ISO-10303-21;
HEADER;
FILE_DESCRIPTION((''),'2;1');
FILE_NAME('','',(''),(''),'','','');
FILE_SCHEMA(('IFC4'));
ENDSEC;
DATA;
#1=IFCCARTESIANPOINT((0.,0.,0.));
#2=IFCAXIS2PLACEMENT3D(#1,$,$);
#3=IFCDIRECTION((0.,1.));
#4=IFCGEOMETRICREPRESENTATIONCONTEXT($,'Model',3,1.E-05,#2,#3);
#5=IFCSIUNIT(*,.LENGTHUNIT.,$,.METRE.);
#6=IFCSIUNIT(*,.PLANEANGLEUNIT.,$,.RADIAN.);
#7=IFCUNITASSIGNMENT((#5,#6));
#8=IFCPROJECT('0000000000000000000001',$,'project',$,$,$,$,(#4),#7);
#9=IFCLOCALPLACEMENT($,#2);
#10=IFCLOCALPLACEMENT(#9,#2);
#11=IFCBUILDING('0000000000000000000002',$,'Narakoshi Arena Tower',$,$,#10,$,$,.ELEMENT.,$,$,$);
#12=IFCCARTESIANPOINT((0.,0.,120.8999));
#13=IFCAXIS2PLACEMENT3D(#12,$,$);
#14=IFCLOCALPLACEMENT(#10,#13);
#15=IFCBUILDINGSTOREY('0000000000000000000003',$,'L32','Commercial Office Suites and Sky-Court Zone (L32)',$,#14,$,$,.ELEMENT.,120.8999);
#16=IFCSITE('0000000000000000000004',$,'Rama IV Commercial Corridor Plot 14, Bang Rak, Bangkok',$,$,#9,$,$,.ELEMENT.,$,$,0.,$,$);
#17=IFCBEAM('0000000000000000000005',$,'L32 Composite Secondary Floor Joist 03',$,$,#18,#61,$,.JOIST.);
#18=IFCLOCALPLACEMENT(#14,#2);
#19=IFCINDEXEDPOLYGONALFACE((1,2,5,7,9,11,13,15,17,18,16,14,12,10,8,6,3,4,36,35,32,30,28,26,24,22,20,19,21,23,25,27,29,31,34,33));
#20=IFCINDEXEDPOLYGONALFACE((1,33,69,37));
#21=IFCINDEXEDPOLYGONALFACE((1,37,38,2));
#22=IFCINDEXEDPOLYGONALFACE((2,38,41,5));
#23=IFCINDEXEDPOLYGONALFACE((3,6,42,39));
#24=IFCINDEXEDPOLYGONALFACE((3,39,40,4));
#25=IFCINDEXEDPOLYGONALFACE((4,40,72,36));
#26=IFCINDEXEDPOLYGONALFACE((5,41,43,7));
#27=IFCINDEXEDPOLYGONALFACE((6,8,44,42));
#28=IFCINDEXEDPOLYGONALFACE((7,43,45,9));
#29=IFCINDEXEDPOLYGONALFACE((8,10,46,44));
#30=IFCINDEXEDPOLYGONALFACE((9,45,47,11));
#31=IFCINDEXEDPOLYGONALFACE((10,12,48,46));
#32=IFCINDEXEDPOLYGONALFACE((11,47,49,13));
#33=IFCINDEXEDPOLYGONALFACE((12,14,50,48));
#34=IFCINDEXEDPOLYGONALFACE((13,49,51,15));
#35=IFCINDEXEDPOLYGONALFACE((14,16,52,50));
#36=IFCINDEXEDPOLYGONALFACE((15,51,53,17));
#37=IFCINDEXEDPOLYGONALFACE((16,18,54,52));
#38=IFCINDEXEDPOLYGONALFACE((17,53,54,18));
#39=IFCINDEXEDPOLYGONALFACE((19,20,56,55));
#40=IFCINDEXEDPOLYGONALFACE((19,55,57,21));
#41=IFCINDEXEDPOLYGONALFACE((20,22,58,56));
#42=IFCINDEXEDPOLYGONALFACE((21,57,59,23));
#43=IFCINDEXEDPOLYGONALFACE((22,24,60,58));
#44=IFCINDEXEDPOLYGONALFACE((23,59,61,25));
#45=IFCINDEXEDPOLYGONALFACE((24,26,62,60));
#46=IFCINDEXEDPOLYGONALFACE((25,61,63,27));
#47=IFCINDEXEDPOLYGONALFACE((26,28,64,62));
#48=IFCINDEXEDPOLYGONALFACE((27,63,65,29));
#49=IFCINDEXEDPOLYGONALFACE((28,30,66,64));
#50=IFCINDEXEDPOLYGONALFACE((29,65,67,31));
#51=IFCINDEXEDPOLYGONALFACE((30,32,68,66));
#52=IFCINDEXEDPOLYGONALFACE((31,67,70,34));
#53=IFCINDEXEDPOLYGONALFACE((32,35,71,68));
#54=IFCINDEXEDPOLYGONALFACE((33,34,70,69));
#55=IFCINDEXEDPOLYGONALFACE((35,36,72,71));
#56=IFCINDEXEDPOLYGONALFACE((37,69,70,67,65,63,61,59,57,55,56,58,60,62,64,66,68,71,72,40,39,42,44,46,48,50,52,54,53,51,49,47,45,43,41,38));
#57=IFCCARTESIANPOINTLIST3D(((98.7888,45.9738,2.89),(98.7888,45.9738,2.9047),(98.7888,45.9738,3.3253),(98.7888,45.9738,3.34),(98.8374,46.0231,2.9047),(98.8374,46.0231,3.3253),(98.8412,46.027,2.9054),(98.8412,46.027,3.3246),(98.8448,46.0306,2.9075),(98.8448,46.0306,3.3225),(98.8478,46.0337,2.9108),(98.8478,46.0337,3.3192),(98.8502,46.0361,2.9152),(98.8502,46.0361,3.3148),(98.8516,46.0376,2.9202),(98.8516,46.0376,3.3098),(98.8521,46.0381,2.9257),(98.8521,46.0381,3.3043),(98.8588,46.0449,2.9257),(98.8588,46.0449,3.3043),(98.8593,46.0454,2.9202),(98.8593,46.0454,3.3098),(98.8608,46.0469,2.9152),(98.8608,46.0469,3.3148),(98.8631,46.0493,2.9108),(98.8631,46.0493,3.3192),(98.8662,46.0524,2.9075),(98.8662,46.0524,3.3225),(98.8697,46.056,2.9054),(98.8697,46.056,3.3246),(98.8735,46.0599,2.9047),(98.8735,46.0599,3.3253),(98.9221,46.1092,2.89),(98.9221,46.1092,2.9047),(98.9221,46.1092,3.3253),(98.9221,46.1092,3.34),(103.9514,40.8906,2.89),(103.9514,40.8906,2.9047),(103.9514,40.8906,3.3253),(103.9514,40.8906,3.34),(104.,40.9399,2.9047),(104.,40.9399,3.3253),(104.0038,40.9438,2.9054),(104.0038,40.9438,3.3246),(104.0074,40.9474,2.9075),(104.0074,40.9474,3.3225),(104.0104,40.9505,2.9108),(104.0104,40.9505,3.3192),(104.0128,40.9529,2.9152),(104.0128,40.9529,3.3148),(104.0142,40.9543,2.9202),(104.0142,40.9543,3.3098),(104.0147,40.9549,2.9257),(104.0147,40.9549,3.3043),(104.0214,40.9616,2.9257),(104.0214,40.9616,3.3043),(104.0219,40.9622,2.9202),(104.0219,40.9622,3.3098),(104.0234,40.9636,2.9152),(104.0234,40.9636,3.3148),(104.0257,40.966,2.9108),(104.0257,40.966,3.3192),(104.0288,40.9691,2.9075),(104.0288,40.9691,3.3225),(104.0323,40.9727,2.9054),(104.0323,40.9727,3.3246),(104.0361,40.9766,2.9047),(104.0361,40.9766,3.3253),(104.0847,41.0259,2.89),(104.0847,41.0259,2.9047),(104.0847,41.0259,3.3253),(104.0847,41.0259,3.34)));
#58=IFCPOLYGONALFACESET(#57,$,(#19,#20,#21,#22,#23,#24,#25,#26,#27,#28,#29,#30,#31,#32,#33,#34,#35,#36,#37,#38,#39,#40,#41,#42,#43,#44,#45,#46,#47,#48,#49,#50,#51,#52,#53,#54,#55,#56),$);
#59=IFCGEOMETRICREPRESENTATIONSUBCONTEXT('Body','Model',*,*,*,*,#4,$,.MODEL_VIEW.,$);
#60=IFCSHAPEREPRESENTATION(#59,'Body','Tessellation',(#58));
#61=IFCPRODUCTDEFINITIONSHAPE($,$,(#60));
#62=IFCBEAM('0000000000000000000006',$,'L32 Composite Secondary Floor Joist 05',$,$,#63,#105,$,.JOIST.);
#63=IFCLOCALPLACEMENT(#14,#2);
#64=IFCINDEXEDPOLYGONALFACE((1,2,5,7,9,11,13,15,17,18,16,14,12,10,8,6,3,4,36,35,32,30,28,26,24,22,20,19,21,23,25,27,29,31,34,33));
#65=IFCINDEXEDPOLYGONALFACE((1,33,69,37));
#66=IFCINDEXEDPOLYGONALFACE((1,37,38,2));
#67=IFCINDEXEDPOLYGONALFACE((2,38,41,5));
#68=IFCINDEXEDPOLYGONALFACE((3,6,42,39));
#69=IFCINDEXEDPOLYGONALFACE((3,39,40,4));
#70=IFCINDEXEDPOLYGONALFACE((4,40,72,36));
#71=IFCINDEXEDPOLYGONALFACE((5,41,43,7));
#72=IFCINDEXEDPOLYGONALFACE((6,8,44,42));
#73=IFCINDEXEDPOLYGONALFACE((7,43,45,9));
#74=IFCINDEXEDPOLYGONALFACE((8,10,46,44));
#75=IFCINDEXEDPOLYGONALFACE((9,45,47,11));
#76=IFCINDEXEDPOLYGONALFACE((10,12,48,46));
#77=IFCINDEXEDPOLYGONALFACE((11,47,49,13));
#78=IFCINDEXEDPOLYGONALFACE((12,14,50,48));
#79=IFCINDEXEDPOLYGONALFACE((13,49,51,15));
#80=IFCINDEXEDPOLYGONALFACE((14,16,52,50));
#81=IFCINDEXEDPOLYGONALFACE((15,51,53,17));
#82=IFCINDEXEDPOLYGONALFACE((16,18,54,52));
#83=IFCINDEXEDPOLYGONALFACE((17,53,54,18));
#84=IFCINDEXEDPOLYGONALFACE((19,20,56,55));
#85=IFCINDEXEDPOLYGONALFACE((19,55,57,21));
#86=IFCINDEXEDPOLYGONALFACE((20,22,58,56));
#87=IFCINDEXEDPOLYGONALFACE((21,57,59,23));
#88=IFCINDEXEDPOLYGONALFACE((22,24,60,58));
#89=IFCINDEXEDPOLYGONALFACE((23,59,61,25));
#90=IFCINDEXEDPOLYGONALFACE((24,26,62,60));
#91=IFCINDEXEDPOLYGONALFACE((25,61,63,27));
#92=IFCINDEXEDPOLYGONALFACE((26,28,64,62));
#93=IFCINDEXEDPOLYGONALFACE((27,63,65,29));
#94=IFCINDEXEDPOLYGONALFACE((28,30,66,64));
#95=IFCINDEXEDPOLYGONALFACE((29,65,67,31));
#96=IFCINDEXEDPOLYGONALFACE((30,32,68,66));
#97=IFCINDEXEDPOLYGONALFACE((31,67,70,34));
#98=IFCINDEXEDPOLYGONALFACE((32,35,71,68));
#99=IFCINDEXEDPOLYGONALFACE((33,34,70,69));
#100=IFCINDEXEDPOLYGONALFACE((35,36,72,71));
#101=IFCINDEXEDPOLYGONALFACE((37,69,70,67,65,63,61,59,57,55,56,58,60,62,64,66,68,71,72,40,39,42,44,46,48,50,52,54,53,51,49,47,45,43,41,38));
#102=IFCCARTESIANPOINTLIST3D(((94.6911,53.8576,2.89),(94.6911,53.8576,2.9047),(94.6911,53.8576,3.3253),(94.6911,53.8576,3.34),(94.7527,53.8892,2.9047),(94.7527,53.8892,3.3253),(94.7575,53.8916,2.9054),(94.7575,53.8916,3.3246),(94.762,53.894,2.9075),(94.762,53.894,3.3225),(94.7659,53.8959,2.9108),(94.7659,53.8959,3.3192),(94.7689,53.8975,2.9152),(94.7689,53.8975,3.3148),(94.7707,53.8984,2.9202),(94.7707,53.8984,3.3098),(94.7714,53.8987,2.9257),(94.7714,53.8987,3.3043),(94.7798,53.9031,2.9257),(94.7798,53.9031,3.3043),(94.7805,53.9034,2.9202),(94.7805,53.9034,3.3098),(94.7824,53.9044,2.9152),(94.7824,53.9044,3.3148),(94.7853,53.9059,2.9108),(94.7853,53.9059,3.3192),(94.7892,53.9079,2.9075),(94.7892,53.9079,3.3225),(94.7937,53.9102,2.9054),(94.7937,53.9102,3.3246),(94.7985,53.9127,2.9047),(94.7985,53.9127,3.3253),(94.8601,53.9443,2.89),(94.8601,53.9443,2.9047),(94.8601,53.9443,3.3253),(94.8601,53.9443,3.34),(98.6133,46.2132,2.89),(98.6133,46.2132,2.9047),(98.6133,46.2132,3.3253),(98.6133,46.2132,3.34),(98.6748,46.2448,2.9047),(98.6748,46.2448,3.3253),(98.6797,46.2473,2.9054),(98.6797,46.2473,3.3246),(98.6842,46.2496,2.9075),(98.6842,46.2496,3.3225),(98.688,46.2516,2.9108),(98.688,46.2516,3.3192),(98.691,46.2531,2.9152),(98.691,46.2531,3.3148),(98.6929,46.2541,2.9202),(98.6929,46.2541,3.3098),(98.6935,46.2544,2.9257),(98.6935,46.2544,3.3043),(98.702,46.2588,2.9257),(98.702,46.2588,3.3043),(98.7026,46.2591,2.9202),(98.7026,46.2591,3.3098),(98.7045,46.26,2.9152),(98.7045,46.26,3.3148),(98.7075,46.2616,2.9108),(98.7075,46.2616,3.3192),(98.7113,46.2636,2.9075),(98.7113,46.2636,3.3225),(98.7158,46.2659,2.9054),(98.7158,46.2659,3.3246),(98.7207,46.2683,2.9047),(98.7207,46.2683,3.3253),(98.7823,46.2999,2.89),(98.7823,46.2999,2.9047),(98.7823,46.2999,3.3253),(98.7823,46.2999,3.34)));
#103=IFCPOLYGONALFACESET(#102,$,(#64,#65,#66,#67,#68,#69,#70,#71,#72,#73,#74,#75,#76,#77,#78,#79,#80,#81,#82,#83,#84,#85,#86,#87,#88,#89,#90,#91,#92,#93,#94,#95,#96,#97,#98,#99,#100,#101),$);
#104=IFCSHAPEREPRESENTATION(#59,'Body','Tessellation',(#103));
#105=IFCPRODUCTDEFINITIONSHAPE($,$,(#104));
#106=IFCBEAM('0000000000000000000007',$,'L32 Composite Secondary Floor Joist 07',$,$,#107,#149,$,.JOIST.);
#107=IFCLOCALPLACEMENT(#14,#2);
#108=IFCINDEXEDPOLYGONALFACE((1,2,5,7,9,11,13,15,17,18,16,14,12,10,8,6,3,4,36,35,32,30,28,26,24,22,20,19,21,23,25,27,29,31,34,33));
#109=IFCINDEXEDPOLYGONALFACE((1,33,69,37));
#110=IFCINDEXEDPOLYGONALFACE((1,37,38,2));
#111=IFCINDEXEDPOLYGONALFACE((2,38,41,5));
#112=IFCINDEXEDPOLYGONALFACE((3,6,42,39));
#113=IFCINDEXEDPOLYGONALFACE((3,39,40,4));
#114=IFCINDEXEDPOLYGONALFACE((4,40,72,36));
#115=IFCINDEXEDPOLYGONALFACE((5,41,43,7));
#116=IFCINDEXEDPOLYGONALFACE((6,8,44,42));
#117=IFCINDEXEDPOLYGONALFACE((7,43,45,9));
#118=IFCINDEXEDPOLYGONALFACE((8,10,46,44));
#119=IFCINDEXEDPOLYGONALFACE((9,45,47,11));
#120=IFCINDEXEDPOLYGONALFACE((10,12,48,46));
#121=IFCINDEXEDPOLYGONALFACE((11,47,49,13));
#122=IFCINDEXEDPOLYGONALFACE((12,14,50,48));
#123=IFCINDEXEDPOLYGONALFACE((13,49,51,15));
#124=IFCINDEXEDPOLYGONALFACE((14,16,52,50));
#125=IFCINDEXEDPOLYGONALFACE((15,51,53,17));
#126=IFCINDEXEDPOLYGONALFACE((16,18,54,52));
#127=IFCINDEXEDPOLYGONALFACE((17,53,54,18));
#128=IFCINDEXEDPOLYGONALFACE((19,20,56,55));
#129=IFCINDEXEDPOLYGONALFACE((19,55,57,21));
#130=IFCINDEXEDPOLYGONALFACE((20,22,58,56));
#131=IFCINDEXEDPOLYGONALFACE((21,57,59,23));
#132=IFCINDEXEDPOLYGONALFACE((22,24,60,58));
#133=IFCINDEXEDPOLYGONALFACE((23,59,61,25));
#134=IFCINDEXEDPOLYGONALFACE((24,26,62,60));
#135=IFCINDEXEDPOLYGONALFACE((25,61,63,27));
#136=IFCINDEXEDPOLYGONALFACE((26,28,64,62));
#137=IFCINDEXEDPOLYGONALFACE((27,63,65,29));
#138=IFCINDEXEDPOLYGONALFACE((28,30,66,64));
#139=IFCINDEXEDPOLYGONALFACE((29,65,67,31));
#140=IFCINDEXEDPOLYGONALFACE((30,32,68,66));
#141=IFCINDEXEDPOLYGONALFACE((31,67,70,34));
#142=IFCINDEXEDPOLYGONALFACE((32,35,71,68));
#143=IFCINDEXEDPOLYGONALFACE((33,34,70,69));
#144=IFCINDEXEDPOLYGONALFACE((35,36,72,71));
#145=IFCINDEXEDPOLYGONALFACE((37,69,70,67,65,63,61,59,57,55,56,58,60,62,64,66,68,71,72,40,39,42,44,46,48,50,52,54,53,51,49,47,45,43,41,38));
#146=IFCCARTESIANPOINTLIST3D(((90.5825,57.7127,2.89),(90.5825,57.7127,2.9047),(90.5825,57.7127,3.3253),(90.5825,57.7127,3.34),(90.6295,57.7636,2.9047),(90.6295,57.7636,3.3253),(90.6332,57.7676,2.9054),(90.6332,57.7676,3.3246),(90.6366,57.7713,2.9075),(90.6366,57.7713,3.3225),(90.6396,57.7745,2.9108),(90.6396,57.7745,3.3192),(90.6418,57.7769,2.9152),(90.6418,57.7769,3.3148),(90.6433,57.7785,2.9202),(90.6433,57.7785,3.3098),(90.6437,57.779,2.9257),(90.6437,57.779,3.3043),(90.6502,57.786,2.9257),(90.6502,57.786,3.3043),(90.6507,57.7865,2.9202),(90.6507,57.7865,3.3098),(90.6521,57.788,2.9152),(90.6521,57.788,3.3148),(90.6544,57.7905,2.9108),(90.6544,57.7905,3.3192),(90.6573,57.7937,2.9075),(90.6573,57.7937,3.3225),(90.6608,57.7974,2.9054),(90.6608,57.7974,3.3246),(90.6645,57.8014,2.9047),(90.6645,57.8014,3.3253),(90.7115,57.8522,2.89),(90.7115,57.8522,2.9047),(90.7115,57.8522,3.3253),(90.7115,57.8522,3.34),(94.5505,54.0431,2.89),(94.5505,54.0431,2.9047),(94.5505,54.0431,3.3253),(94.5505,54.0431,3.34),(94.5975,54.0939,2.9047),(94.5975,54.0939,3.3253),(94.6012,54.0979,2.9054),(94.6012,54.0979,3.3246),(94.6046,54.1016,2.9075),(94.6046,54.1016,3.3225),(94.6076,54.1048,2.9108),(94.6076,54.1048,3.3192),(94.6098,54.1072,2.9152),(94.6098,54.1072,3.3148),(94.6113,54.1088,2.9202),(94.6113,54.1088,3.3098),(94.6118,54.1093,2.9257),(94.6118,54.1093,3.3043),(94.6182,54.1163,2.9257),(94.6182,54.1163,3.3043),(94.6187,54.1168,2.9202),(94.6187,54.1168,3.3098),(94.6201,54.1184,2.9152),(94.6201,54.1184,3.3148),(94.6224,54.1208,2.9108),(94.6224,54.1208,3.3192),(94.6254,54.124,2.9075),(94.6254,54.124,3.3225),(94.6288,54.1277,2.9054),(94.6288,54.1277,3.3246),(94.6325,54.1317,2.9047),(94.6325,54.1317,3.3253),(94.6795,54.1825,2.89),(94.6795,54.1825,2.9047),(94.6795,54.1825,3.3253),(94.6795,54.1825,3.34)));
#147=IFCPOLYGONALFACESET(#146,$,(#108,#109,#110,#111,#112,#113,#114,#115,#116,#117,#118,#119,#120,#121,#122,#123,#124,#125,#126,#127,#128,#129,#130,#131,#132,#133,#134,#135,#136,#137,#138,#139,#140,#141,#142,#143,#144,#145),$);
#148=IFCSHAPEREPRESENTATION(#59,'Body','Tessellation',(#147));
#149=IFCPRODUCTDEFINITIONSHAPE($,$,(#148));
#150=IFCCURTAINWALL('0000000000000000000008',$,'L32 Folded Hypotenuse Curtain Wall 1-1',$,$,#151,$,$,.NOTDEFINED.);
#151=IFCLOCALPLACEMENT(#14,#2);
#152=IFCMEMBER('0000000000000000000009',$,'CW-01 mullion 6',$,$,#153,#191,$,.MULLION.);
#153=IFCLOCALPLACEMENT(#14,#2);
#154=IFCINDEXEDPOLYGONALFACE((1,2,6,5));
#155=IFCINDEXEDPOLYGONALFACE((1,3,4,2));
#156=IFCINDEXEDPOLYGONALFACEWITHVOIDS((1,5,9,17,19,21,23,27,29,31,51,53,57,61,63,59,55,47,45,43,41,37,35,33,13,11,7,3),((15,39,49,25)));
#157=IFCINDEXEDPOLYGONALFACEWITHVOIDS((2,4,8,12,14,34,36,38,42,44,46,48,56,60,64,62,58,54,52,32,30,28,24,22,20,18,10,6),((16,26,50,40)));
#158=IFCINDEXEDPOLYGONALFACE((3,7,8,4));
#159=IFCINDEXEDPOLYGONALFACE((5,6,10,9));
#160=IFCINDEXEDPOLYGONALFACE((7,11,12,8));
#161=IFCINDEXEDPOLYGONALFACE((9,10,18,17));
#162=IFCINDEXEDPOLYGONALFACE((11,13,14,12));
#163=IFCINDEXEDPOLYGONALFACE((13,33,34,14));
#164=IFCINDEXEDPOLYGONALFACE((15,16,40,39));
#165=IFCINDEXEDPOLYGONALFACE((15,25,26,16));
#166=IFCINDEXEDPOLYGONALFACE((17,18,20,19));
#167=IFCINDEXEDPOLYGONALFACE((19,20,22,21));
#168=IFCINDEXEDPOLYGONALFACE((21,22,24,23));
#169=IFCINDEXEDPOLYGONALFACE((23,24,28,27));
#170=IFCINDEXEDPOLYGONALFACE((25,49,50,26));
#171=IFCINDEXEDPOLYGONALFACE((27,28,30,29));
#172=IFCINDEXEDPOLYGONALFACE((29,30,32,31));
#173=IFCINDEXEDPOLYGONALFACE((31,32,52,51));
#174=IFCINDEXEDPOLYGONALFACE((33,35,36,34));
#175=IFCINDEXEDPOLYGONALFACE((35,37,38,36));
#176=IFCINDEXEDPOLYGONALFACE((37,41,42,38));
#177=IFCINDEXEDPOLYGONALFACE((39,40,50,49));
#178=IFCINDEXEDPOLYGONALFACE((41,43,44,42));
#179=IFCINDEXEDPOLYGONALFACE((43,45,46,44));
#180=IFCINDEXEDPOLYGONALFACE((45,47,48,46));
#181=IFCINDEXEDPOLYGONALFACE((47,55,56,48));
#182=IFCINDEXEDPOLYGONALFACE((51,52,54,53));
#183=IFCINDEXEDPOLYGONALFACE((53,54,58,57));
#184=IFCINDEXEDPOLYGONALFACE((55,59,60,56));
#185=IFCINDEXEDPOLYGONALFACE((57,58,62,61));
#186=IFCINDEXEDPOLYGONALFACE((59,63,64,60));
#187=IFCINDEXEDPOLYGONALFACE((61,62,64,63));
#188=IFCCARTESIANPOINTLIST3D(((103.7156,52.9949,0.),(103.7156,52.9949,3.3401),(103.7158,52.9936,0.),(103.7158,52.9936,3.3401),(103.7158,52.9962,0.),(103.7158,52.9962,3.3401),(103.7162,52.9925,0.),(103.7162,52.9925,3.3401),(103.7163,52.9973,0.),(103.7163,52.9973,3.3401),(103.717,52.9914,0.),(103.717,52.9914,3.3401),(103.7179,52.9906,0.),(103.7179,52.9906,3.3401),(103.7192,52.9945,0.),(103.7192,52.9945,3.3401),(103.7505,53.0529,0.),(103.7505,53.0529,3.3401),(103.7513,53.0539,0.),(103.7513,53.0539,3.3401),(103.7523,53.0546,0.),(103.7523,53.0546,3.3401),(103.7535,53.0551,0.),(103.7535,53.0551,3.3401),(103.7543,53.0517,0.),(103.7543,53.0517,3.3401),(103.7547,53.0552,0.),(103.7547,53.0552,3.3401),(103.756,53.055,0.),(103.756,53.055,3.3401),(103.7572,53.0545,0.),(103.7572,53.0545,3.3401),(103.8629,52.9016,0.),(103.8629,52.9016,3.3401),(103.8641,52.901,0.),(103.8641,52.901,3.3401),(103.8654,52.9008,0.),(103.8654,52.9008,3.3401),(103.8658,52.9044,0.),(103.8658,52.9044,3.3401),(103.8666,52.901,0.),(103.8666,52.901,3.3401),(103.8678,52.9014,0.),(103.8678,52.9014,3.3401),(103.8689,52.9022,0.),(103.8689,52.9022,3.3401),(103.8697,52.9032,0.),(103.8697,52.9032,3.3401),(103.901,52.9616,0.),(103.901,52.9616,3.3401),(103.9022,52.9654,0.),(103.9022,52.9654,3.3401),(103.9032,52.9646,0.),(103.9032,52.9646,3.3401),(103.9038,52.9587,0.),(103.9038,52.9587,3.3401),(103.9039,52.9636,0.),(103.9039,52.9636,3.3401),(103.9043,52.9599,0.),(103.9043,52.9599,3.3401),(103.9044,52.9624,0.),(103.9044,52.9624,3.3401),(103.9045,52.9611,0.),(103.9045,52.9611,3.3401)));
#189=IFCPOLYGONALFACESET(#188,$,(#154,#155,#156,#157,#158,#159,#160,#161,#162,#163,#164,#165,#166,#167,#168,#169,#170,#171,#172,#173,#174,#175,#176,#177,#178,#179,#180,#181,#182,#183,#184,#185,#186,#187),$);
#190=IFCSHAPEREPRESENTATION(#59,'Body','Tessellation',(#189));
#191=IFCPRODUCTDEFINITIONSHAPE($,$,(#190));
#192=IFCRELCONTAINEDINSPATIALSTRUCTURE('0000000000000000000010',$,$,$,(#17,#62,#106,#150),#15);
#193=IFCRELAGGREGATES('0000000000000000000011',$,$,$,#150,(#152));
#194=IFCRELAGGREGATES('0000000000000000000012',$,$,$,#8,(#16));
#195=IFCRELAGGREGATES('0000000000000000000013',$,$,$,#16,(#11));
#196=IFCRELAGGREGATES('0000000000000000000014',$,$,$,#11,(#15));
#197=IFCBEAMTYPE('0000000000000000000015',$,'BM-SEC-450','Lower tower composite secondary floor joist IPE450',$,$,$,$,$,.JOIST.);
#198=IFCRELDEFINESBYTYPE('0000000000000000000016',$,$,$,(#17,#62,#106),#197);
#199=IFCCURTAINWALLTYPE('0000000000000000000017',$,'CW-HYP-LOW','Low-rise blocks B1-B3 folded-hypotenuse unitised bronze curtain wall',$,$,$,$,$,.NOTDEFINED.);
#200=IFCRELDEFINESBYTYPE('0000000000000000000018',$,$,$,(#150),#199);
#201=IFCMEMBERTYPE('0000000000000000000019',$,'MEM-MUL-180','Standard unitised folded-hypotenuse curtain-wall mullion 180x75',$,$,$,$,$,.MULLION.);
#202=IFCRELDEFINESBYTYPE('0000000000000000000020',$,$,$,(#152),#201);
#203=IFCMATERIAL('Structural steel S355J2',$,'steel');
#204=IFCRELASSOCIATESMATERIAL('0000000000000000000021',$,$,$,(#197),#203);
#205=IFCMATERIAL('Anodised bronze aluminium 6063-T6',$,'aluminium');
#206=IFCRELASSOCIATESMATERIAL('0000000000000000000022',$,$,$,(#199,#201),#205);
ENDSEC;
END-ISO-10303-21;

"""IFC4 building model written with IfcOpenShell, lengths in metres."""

from ifc_helpers import new_model, si_unit, direction, frame, origin, origin_2d, place, context, subcontext, project, spatial, hollow_rectangle, i_section, extrude, material, material_profile, profile_set, type_object, element, aggregate, save


model = new_model("IFC4")

# Units and contexts
model_context = context("Model", 3, precision=1e-05, world=origin(), true_north=direction((0.0, 1.0)))
body_context = subcontext(model_context, "Body", "Model", "MODEL_VIEW")
ifc_project = project(units=[si_unit("LENGTHUNIT", "METRE"), si_unit("PLANEANGLEUNIT", "RADIAN")], contexts=[model_context])

# Site, building, storey
site_placement = place(None, origin())
site = spatial("IfcSite", under=ifc_project, at=site_placement, Name="Rama IV Commercial Corridor Plot 14, Bang Rak, Bangkok", CompositionType="ELEMENT", RefElevation=0.0)
building_placement = place(site_placement, origin())
building = spatial("IfcBuilding", under=site, at=building_placement, Name="Narakoshi Arena Tower", CompositionType="ELEMENT")
storey_placement = place(building_placement, frame((0.0, 0.0, 120.8999)))
storey = spatial("IfcBuildingStorey", under=building, at=storey_placement, Name="L32", Description="Commercial Office Suites and Sky-Court Zone (L32)", CompositionType="ELEMENT", Elevation=120.8999)

# Beams
ifc_material_1 = material(Name="Structural steel S355J2", Category="steel")
ifc_material_profile_1 = material_profile(ifc_material_1, i_section(OverallWidth=0.1899, OverallDepth=0.45, WebThickness=0.0095, FlangeThickness=0.0146, FilletRadius=0.021, at=origin_2d()), Name="IPE450")
ifc_profile_set_1 = profile_set([ifc_material_profile_1], Name="Structural steel S355J2")
beam_type_1 = type_object("IfcBeamType", Name="BM-SEC-450", Description="Lower tower composite secondary floor joist IPE450", PredefinedType="JOIST", material=ifc_profile_set_1)
beam_1_placement = place(storey_placement, frame((104.0181, 40.9583, 3.115), z_axis=(-0.712561, 0.70161, 0.0), x_axis=(-0.70161, -0.712561, 0.0)))
element("IfcBeam", 1, at=beam_1_placement, inside=storey, type_object=beam_type_1, Name="L32 Composite Secondary Floor Joist 03", PredefinedType="JOIST", context=body_context, shape_type="SweptSolid", body=[
    extrude(i_section(OverallWidth=0.1899, OverallDepth=0.45, WebThickness=0.0095, FlangeThickness=0.0146, FilletRadius=0.021, at=origin_2d()), origin(), (0.0, 0.0, 1.0), 7.2451),
])
beam_2_placement = place(storey_placement, frame((98.6978, 46.2566, 3.115), z_axis=(-0.456498, 0.889724, 0.0), x_axis=(-0.889724, -0.456498, 0.0)))
element("IfcBeam", 2, at=beam_2_placement, inside=storey, type_object=beam_type_1, Name="L32 Composite Secondary Floor Joist 05", PredefinedType="JOIST", context=body_context, shape_type="SweptSolid", body=[
    extrude(i_section(OverallWidth=0.1899, OverallDepth=0.45, WebThickness=0.0095, FlangeThickness=0.0146, FilletRadius=0.021, at=origin_2d()), origin(), (0.0, 0.0, 1.0), 8.5918),
])
beam_3_placement = place(storey_placement, frame((94.615, 54.1128, 3.115), z_axis=(-0.734168, 0.678968, 0.0), x_axis=(-0.678968, -0.734168, 0.0)))
element("IfcBeam", 3, at=beam_3_placement, inside=storey, type_object=beam_type_1, Name="L32 Composite Secondary Floor Joist 07", PredefinedType="JOIST", context=body_context, shape_type="SweptSolid", body=[
    extrude(i_section(OverallWidth=0.1899, OverallDepth=0.45, WebThickness=0.0095, FlangeThickness=0.0146, FilletRadius=0.021, at=origin_2d()), origin(), (0.0, 0.0, 1.0), 5.4048),
])

# Curtain wall, member
ifc_material_2 = material(Name="Anodised bronze aluminium 6063-T6", Category="aluminium")
curtain_wall_type = type_object("IfcCurtainWallType", Name="CW-HYP-LOW", Description="Low-rise blocks B1-B3 folded-hypotenuse unitised bronze curtain wall", PredefinedType="NOTDEFINED", material=ifc_material_2)
curtain_wall_placement = place(storey_placement, origin())
curtain_wall = element("IfcCurtainWall", 4, at=curtain_wall_placement, inside=storey, type_object=curtain_wall_type, Name="L32 Folded Hypotenuse Curtain Wall 1-1", PredefinedType="NOTDEFINED")
ifc_material_profile_2 = material_profile(ifc_material_2, hollow_rectangle(XDim=0.075, YDim=0.1799, WallThickness=0.0039, OuterFilletRadius=0.0049, at=origin_2d()), Name="MUL180x75x4")
ifc_profile_set_2 = profile_set([ifc_material_profile_2], Name="Anodised bronze aluminium 6063-T6")
member_type_1 = type_object("IfcMemberType", Name="MEM-MUL-180", Description="Standard unitised folded-hypotenuse curtain-wall mullion 180x75", PredefinedType="MULLION", material=ifc_profile_set_2)
member_1_placement = place(storey_placement, frame((103.8101, 52.978, 0.0), z_axis=(0.0, 0.0, 1.0), x_axis=(-0.523358, -0.852113, 0.0)))
member_1 = element("IfcMember", 5, at=member_1_placement, type_object=member_type_1, Name="CW-01 mullion 6", PredefinedType="MULLION", context=body_context, shape_type="SweptSolid", body=[
    extrude(hollow_rectangle(XDim=0.075, YDim=0.1799, WallThickness=0.0039, OuterFilletRadius=0.0049, at=origin_2d()), origin(), (0.0, 0.0, 1.0), 3.3401),
])
aggregate(curtain_wall, [member_1])

save(model, "model.ifc")
